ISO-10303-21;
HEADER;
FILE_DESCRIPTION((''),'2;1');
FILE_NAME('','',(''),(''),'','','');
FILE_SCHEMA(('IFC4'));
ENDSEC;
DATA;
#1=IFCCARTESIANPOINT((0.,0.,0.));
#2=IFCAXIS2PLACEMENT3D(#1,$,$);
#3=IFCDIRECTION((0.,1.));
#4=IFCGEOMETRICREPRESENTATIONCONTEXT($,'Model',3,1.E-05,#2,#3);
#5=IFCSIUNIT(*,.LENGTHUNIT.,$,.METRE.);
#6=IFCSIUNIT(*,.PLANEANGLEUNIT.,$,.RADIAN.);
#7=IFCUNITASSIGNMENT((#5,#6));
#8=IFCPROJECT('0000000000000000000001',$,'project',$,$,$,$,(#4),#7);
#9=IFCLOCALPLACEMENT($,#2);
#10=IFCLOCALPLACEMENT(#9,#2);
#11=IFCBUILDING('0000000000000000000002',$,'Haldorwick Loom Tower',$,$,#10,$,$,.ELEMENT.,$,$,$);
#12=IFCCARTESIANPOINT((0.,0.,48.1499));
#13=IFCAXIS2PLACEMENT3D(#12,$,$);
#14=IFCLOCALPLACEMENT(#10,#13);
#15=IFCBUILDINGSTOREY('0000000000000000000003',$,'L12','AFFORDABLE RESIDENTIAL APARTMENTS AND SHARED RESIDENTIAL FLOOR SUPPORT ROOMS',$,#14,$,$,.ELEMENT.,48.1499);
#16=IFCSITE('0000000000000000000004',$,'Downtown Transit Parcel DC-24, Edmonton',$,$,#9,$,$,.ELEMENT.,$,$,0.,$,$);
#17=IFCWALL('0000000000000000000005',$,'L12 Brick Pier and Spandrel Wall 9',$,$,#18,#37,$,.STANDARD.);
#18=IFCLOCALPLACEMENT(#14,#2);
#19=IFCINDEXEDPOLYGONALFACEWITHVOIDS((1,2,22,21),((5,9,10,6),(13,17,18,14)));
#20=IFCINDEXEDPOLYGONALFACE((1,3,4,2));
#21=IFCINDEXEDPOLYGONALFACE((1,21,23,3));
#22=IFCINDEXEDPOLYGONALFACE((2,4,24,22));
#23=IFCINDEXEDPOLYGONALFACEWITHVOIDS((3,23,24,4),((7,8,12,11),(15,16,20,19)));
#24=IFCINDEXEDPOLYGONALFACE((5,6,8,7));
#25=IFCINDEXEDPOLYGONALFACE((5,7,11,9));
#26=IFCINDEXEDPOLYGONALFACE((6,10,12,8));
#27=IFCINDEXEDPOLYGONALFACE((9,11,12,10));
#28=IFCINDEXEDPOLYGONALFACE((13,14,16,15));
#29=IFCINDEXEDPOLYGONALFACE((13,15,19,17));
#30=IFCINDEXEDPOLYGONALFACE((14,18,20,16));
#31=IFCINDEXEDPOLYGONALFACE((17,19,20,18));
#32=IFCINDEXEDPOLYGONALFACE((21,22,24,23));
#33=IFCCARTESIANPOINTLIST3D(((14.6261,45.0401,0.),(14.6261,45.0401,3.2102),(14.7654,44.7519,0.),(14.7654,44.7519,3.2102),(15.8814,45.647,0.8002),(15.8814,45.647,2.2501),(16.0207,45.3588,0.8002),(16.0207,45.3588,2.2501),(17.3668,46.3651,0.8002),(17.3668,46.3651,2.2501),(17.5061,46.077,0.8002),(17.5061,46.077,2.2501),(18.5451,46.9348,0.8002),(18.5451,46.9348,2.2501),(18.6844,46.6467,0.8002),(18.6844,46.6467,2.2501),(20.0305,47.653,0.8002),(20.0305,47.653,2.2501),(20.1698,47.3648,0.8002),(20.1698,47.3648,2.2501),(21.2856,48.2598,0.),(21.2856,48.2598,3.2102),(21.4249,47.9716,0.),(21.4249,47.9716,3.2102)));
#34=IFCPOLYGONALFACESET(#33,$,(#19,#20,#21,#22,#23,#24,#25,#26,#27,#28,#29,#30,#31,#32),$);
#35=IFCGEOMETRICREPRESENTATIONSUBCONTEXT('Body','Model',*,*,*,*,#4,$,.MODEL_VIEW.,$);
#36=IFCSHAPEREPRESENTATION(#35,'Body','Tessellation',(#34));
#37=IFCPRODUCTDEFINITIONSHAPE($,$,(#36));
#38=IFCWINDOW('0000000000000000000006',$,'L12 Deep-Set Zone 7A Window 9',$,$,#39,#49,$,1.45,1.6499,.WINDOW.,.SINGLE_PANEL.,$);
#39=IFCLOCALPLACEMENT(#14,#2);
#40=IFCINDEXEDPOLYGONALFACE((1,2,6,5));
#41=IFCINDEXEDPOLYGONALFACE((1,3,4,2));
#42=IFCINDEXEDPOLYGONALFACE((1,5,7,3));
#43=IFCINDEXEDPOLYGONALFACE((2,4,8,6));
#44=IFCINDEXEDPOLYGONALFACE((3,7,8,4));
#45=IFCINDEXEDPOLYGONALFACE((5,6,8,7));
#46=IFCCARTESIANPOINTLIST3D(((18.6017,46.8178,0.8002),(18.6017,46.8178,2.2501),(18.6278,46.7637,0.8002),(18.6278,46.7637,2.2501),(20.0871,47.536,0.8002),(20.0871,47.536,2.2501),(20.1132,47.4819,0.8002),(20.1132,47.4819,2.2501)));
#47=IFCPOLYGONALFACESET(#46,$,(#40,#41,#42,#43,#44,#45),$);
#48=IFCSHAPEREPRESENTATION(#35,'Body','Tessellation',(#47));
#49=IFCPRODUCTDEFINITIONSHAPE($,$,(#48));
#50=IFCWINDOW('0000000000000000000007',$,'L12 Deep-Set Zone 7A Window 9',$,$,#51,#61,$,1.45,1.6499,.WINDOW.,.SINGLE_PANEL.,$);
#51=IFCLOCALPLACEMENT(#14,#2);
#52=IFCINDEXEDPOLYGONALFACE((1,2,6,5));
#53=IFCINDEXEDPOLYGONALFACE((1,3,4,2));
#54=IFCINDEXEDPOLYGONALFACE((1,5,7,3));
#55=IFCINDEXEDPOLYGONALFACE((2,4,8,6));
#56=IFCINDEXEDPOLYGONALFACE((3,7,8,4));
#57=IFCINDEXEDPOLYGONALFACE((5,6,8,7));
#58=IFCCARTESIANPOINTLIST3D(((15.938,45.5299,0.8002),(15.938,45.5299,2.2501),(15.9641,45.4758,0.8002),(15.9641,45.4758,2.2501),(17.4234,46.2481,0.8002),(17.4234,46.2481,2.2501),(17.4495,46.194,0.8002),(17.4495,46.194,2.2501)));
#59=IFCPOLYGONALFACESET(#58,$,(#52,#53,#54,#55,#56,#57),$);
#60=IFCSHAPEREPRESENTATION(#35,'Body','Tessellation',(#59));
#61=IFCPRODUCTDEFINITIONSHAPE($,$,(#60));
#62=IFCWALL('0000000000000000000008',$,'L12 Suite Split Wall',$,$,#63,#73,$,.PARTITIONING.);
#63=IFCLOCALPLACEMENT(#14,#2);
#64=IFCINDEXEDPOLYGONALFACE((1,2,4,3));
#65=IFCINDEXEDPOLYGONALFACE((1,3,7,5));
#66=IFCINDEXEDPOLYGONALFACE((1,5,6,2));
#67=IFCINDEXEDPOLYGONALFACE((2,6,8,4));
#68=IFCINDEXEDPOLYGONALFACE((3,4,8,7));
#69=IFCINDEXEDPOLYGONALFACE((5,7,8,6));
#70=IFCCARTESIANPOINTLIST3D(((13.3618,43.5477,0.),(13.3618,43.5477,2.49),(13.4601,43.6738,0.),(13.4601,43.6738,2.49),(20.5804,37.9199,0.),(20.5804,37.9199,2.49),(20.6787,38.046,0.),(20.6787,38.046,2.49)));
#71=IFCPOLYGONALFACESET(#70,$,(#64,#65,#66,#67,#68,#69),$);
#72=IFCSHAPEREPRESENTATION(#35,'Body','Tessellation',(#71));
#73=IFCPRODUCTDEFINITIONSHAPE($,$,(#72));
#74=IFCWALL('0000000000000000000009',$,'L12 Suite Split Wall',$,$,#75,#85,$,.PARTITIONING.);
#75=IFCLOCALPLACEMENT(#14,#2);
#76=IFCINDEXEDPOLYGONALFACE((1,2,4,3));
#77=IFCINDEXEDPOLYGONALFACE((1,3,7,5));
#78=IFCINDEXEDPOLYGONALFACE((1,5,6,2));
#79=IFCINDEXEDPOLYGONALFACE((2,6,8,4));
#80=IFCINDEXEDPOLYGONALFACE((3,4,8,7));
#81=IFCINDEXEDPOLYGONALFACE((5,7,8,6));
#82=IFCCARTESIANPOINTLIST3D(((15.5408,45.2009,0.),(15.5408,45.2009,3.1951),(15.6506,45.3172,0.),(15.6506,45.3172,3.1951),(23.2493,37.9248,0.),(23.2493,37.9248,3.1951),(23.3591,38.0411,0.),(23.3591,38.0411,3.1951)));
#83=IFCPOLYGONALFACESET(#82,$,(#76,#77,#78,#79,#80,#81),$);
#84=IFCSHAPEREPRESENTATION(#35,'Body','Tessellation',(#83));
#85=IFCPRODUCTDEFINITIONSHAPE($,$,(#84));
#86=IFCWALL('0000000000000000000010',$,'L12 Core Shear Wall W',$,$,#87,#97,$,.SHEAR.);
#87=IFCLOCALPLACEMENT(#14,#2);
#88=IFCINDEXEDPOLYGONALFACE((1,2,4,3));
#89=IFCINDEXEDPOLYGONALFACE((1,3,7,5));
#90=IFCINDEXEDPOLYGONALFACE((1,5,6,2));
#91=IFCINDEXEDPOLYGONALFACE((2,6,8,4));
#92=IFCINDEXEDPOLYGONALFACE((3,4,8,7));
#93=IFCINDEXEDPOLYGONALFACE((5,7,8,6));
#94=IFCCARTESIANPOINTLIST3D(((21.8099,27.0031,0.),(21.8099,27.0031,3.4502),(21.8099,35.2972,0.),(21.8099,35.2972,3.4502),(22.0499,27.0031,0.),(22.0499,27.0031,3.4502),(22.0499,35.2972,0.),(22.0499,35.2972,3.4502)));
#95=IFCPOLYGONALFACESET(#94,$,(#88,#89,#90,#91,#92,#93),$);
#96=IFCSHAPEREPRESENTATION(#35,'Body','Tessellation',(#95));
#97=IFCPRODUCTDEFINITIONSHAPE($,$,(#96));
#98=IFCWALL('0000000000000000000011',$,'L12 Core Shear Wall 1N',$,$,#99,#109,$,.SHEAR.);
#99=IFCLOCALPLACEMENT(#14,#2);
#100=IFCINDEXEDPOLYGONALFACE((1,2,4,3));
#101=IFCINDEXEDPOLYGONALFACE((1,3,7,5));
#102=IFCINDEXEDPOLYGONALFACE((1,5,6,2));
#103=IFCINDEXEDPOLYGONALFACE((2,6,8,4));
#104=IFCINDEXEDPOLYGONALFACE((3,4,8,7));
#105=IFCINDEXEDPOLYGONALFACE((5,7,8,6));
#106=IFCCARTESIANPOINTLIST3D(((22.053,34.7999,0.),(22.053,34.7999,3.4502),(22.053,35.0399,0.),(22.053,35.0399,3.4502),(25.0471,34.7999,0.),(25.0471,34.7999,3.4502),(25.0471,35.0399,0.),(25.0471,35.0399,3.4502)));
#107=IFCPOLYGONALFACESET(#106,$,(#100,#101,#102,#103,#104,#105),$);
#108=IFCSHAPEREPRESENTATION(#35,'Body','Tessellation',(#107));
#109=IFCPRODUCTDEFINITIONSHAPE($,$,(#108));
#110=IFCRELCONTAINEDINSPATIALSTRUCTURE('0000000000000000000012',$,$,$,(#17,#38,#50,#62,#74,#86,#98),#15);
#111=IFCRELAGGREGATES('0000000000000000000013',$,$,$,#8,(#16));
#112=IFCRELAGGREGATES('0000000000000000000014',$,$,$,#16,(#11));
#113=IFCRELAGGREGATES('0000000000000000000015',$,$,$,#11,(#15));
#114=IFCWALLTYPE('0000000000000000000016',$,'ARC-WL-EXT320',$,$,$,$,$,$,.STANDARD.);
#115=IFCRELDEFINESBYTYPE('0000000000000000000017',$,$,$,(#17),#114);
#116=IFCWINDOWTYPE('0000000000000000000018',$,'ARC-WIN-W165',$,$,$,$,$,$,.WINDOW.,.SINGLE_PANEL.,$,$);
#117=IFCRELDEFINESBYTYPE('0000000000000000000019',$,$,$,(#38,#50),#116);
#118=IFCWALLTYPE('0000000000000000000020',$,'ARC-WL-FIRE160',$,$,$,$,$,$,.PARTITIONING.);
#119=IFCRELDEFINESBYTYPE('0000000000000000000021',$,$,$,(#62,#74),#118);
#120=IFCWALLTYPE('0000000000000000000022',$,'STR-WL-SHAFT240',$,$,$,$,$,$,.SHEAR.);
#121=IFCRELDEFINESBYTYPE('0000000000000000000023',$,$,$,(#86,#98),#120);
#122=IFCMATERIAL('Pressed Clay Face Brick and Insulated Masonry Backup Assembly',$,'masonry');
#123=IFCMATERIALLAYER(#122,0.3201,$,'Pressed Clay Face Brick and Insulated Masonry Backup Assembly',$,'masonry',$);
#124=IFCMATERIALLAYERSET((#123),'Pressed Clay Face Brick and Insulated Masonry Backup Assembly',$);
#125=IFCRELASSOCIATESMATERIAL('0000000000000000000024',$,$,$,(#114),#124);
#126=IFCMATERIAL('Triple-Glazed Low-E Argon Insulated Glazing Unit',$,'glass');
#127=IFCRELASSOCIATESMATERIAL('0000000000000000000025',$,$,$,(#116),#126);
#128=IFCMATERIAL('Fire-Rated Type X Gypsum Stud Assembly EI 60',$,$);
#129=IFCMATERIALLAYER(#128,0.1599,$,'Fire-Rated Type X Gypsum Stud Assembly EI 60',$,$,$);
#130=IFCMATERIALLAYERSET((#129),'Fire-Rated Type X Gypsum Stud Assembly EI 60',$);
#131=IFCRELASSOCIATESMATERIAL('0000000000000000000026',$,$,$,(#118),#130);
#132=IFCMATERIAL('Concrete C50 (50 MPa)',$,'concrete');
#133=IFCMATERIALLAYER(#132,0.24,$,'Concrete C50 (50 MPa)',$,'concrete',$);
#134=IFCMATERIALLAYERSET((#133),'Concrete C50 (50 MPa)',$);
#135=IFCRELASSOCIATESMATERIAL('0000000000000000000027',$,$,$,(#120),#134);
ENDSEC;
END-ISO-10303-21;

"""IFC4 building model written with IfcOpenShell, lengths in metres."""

from ifc_helpers import new_model, si_unit, direction, frame, frame_2d, origin, place, context, subcontext, project, spatial, rectangle, extrude, material, layer, layer_set, type_object, element, fill, save


model = new_model("IFC4")

# Units and contexts
model_context = context("Model", 3, precision=1e-05, world=origin(), true_north=direction((0.0, 1.0)))
body_context = subcontext(model_context, "Body", "Model", "MODEL_VIEW")
ifc_project = project(units=[si_unit("LENGTHUNIT", "METRE"), si_unit("PLANEANGLEUNIT", "RADIAN")], contexts=[model_context])

# Site, building, storey
site_placement = place(None, origin())
site = spatial("IfcSite", under=ifc_project, at=site_placement, Name="Downtown Transit Parcel DC-24, Edmonton", CompositionType="ELEMENT", RefElevation=0.0)
building_placement = place(site_placement, origin())
building = spatial("IfcBuilding", under=site, at=building_placement, Name="Haldorwick Loom Tower", CompositionType="ELEMENT")
storey_placement = place(building_placement, frame((0.0, 0.0, 48.1499)))
storey = spatial("IfcBuildingStorey", under=building, at=storey_placement, Name="L12", Description="AFFORDABLE RESIDENTIAL APARTMENTS AND SHARED RESIDENTIAL FLOOR SUPPORT ROOMS", CompositionType="ELEMENT", Elevation=48.1499)

# Wall, openings, windows
ifc_material_1 = material(Name="Pressed Clay Face Brick and Insulated Masonry Backup Assembly", Category="masonry")
ifc_layer_1 = layer(ifc_material_1, 0.3201, Name="Pressed Clay Face Brick and Insulated Masonry Backup Assembly", Category="masonry")
ifc_layer_set_1 = layer_set([ifc_layer_1], Name="Pressed Clay Face Brick and Insulated Masonry Backup Assembly")
wall_type_1 = type_object("IfcWallType", Name="ARC-WL-EXT320", PredefinedType="STANDARD", material=ifc_layer_set_1)
wall_1_placement = place(storey_placement, frame((21.3552, 48.1157, 0.0), z_axis=(0.0, 0.0, 1.0), x_axis=(-0.900296, -0.435279, 0.0)))
wall_1 = element("IfcWall", 1, at=wall_1_placement, inside=storey, type_object=wall_type_1, Name="L12 Brick Pier and Spandrel Wall 9", PredefinedType="STANDARD", context=body_context, shape_type="SweptSolid", body=[
    extrude(rectangle(XDim=7.397, YDim=0.3201, at=frame_2d((3.6985, 0.0))), origin(), (0.0, 0.0, 1.0), 3.2102),
])
opening_1_placement = place(wall_1_placement, frame((1.394, 0.0, 0.8)))
opening_1 = element("IfcOpeningElement", 2, at=opening_1_placement, cuts=wall_1, PredefinedType="OPENING", context=body_context, shape_type="SweptSolid", body=[
    extrude(rectangle(XDim=1.6499, YDim=1.45, at=frame_2d((0.825, 0.7251))), frame((0.0, 0.1699, 0.0), z_axis=(0.0, -1.0, 0.0), x_axis=(1.0, 0.0, 0.0)), (0.0, 0.0, 1.0), 0.3401),
])
opening_2_placement = place(wall_1_placement, frame((4.3528, 0.0, 0.8)))
opening_2 = element("IfcOpeningElement", 3, at=opening_2_placement, cuts=wall_1, PredefinedType="OPENING", context=body_context, shape_type="SweptSolid", body=[
    extrude(rectangle(XDim=1.6499, YDim=1.45, at=frame_2d((0.825, 0.7251))), frame((0.0, 0.1699, 0.0), z_axis=(0.0, -1.0, 0.0), x_axis=(1.0, 0.0, 0.0)), (0.0, 0.0, 1.0), 0.3401),
])
ifc_material_2 = material(Name="Triple-Glazed Low-E Argon Insulated Glazing Unit", Category="glass")
window_type = type_object("IfcWindowType", Name="ARC-WIN-W165", PartitioningType="SINGLE_PANEL", PredefinedType="WINDOW", material=ifc_material_2)
window_1_placement = place(opening_1_placement, origin())
window_1 = element("IfcWindow", 4, at=window_1_placement, inside=storey, type_object=window_type, Name="L12 Deep-Set Zone 7A Window 9", OverallHeight=1.45, OverallWidth=1.6499, PartitioningType="SINGLE_PANEL", PredefinedType="WINDOW", context=body_context, shape_type="SweptSolid", body=[
    extrude(rectangle(XDim=1.6499, YDim=1.45, at=frame_2d((0.825, 0.7251))), frame((0.0, 0.03, 0.0), z_axis=(0.0, -1.0, 0.0), x_axis=(1.0, 0.0, 0.0)), (0.0, 0.0, 1.0), 0.0601),
])
fill(opening_1, window_1)
window_2_placement = place(opening_2_placement, origin())
window_2 = element("IfcWindow", 5, at=window_2_placement, inside=storey, type_object=window_type, Name="L12 Deep-Set Zone 7A Window 9", OverallHeight=1.45, OverallWidth=1.6499, PartitioningType="SINGLE_PANEL", PredefinedType="WINDOW", context=body_context, shape_type="SweptSolid", body=[
    extrude(rectangle(XDim=1.6499, YDim=1.45, at=frame_2d((0.825, 0.7251))), frame((0.0, 0.03, 0.0), z_axis=(0.0, -1.0, 0.0), x_axis=(1.0, 0.0, 0.0)), (0.0, 0.0, 1.0), 0.0601),
])
fill(opening_2, window_2)

# Shared definitions
ifc_material_3 = material(Name="Fire-Rated Type X Gypsum Stud Assembly EI 60")
ifc_layer_2 = layer(ifc_material_3, 0.1599, Name="Fire-Rated Type X Gypsum Stud Assembly EI 60")
ifc_layer_set_2 = layer_set([ifc_layer_2], Name="Fire-Rated Type X Gypsum Stud Assembly EI 60")
wall_type_2 = type_object("IfcWallType", Name="ARC-WL-FIRE160", PredefinedType="PARTITIONING", material=ifc_layer_set_2)

# Walls
wall_2_placement = place(storey_placement, frame((20.6296, 37.9829, 0.0), z_axis=(0.0, 0.0, 1.0), x_axis=(-0.788648, 0.614845, 0.0)))
element("IfcWall", 6, at=wall_2_placement, inside=storey, type_object=wall_type_2, Name="L12 Suite Split Wall", PredefinedType="PARTITIONING", context=body_context, shape_type="SweptSolid", body=[
    extrude(rectangle(XDim=9.1531, YDim=0.1599, at=frame_2d((4.5767, 0.0))), origin(), (0.0, 0.0, 1.0), 2.49),
])
wall_3_placement = place(storey_placement, frame((23.3042, 37.9829, 0.0), z_axis=(0.0, 0.0, 1.0), x_axis=(-0.727207, 0.686418, 0.0)))
element("IfcWall", 7, at=wall_3_placement, inside=storey, type_object=wall_type_2, Name="L12 Suite Split Wall", PredefinedType="PARTITIONING", context=body_context, shape_type="SweptSolid", body=[
    extrude(rectangle(XDim=10.6001, YDim=0.1599, at=frame_2d((5.3, 0.0))), origin(), (0.0, 0.0, 1.0), 3.1951),
])
ifc_material_4 = material(Name="Concrete C50 (50 MPa)", Category="concrete")
ifc_layer_3 = layer(ifc_material_4, 0.24, Name="Concrete C50 (50 MPa)", Category="concrete")
ifc_layer_set_3 = layer_set([ifc_layer_3], Name="Concrete C50 (50 MPa)")
wall_type_3 = type_object("IfcWallType", Name="STR-WL-SHAFT240", PredefinedType="SHEAR", material=ifc_layer_set_3)
wall_4_placement = place(storey_placement, frame((21.9299, 35.2971, 0.0), z_axis=(0.0, 0.0, 1.0), x_axis=(0.0, -1.0, 0.0)))
element("IfcWall", 8, at=wall_4_placement, inside=storey, type_object=wall_type_3, Name="L12 Core Shear Wall W", PredefinedType="SHEAR", context=body_context, shape_type="SweptSolid", body=[
    extrude(rectangle(XDim=8.2942, YDim=0.24, at=frame_2d((4.147, 0.0))), origin(), (0.0, 0.0, 1.0), 3.4502),
])
wall_5_placement = place(storey_placement, frame((22.053, 34.9199, 0.0), z_axis=(0.0, 0.0, 1.0), x_axis=(1.0, 0.0, 0.0)))
element("IfcWall", 9, at=wall_5_placement, inside=storey, type_object=wall_type_3, Name="L12 Core Shear Wall 1N", PredefinedType="SHEAR", context=body_context, shape_type="SweptSolid", body=[
    extrude(rectangle(XDim=2.9941, YDim=0.24, at=frame_2d((1.4971, 0.0))), origin(), (0.0, 0.0, 1.0), 3.4502),
])

save(model, "model.ifc")
